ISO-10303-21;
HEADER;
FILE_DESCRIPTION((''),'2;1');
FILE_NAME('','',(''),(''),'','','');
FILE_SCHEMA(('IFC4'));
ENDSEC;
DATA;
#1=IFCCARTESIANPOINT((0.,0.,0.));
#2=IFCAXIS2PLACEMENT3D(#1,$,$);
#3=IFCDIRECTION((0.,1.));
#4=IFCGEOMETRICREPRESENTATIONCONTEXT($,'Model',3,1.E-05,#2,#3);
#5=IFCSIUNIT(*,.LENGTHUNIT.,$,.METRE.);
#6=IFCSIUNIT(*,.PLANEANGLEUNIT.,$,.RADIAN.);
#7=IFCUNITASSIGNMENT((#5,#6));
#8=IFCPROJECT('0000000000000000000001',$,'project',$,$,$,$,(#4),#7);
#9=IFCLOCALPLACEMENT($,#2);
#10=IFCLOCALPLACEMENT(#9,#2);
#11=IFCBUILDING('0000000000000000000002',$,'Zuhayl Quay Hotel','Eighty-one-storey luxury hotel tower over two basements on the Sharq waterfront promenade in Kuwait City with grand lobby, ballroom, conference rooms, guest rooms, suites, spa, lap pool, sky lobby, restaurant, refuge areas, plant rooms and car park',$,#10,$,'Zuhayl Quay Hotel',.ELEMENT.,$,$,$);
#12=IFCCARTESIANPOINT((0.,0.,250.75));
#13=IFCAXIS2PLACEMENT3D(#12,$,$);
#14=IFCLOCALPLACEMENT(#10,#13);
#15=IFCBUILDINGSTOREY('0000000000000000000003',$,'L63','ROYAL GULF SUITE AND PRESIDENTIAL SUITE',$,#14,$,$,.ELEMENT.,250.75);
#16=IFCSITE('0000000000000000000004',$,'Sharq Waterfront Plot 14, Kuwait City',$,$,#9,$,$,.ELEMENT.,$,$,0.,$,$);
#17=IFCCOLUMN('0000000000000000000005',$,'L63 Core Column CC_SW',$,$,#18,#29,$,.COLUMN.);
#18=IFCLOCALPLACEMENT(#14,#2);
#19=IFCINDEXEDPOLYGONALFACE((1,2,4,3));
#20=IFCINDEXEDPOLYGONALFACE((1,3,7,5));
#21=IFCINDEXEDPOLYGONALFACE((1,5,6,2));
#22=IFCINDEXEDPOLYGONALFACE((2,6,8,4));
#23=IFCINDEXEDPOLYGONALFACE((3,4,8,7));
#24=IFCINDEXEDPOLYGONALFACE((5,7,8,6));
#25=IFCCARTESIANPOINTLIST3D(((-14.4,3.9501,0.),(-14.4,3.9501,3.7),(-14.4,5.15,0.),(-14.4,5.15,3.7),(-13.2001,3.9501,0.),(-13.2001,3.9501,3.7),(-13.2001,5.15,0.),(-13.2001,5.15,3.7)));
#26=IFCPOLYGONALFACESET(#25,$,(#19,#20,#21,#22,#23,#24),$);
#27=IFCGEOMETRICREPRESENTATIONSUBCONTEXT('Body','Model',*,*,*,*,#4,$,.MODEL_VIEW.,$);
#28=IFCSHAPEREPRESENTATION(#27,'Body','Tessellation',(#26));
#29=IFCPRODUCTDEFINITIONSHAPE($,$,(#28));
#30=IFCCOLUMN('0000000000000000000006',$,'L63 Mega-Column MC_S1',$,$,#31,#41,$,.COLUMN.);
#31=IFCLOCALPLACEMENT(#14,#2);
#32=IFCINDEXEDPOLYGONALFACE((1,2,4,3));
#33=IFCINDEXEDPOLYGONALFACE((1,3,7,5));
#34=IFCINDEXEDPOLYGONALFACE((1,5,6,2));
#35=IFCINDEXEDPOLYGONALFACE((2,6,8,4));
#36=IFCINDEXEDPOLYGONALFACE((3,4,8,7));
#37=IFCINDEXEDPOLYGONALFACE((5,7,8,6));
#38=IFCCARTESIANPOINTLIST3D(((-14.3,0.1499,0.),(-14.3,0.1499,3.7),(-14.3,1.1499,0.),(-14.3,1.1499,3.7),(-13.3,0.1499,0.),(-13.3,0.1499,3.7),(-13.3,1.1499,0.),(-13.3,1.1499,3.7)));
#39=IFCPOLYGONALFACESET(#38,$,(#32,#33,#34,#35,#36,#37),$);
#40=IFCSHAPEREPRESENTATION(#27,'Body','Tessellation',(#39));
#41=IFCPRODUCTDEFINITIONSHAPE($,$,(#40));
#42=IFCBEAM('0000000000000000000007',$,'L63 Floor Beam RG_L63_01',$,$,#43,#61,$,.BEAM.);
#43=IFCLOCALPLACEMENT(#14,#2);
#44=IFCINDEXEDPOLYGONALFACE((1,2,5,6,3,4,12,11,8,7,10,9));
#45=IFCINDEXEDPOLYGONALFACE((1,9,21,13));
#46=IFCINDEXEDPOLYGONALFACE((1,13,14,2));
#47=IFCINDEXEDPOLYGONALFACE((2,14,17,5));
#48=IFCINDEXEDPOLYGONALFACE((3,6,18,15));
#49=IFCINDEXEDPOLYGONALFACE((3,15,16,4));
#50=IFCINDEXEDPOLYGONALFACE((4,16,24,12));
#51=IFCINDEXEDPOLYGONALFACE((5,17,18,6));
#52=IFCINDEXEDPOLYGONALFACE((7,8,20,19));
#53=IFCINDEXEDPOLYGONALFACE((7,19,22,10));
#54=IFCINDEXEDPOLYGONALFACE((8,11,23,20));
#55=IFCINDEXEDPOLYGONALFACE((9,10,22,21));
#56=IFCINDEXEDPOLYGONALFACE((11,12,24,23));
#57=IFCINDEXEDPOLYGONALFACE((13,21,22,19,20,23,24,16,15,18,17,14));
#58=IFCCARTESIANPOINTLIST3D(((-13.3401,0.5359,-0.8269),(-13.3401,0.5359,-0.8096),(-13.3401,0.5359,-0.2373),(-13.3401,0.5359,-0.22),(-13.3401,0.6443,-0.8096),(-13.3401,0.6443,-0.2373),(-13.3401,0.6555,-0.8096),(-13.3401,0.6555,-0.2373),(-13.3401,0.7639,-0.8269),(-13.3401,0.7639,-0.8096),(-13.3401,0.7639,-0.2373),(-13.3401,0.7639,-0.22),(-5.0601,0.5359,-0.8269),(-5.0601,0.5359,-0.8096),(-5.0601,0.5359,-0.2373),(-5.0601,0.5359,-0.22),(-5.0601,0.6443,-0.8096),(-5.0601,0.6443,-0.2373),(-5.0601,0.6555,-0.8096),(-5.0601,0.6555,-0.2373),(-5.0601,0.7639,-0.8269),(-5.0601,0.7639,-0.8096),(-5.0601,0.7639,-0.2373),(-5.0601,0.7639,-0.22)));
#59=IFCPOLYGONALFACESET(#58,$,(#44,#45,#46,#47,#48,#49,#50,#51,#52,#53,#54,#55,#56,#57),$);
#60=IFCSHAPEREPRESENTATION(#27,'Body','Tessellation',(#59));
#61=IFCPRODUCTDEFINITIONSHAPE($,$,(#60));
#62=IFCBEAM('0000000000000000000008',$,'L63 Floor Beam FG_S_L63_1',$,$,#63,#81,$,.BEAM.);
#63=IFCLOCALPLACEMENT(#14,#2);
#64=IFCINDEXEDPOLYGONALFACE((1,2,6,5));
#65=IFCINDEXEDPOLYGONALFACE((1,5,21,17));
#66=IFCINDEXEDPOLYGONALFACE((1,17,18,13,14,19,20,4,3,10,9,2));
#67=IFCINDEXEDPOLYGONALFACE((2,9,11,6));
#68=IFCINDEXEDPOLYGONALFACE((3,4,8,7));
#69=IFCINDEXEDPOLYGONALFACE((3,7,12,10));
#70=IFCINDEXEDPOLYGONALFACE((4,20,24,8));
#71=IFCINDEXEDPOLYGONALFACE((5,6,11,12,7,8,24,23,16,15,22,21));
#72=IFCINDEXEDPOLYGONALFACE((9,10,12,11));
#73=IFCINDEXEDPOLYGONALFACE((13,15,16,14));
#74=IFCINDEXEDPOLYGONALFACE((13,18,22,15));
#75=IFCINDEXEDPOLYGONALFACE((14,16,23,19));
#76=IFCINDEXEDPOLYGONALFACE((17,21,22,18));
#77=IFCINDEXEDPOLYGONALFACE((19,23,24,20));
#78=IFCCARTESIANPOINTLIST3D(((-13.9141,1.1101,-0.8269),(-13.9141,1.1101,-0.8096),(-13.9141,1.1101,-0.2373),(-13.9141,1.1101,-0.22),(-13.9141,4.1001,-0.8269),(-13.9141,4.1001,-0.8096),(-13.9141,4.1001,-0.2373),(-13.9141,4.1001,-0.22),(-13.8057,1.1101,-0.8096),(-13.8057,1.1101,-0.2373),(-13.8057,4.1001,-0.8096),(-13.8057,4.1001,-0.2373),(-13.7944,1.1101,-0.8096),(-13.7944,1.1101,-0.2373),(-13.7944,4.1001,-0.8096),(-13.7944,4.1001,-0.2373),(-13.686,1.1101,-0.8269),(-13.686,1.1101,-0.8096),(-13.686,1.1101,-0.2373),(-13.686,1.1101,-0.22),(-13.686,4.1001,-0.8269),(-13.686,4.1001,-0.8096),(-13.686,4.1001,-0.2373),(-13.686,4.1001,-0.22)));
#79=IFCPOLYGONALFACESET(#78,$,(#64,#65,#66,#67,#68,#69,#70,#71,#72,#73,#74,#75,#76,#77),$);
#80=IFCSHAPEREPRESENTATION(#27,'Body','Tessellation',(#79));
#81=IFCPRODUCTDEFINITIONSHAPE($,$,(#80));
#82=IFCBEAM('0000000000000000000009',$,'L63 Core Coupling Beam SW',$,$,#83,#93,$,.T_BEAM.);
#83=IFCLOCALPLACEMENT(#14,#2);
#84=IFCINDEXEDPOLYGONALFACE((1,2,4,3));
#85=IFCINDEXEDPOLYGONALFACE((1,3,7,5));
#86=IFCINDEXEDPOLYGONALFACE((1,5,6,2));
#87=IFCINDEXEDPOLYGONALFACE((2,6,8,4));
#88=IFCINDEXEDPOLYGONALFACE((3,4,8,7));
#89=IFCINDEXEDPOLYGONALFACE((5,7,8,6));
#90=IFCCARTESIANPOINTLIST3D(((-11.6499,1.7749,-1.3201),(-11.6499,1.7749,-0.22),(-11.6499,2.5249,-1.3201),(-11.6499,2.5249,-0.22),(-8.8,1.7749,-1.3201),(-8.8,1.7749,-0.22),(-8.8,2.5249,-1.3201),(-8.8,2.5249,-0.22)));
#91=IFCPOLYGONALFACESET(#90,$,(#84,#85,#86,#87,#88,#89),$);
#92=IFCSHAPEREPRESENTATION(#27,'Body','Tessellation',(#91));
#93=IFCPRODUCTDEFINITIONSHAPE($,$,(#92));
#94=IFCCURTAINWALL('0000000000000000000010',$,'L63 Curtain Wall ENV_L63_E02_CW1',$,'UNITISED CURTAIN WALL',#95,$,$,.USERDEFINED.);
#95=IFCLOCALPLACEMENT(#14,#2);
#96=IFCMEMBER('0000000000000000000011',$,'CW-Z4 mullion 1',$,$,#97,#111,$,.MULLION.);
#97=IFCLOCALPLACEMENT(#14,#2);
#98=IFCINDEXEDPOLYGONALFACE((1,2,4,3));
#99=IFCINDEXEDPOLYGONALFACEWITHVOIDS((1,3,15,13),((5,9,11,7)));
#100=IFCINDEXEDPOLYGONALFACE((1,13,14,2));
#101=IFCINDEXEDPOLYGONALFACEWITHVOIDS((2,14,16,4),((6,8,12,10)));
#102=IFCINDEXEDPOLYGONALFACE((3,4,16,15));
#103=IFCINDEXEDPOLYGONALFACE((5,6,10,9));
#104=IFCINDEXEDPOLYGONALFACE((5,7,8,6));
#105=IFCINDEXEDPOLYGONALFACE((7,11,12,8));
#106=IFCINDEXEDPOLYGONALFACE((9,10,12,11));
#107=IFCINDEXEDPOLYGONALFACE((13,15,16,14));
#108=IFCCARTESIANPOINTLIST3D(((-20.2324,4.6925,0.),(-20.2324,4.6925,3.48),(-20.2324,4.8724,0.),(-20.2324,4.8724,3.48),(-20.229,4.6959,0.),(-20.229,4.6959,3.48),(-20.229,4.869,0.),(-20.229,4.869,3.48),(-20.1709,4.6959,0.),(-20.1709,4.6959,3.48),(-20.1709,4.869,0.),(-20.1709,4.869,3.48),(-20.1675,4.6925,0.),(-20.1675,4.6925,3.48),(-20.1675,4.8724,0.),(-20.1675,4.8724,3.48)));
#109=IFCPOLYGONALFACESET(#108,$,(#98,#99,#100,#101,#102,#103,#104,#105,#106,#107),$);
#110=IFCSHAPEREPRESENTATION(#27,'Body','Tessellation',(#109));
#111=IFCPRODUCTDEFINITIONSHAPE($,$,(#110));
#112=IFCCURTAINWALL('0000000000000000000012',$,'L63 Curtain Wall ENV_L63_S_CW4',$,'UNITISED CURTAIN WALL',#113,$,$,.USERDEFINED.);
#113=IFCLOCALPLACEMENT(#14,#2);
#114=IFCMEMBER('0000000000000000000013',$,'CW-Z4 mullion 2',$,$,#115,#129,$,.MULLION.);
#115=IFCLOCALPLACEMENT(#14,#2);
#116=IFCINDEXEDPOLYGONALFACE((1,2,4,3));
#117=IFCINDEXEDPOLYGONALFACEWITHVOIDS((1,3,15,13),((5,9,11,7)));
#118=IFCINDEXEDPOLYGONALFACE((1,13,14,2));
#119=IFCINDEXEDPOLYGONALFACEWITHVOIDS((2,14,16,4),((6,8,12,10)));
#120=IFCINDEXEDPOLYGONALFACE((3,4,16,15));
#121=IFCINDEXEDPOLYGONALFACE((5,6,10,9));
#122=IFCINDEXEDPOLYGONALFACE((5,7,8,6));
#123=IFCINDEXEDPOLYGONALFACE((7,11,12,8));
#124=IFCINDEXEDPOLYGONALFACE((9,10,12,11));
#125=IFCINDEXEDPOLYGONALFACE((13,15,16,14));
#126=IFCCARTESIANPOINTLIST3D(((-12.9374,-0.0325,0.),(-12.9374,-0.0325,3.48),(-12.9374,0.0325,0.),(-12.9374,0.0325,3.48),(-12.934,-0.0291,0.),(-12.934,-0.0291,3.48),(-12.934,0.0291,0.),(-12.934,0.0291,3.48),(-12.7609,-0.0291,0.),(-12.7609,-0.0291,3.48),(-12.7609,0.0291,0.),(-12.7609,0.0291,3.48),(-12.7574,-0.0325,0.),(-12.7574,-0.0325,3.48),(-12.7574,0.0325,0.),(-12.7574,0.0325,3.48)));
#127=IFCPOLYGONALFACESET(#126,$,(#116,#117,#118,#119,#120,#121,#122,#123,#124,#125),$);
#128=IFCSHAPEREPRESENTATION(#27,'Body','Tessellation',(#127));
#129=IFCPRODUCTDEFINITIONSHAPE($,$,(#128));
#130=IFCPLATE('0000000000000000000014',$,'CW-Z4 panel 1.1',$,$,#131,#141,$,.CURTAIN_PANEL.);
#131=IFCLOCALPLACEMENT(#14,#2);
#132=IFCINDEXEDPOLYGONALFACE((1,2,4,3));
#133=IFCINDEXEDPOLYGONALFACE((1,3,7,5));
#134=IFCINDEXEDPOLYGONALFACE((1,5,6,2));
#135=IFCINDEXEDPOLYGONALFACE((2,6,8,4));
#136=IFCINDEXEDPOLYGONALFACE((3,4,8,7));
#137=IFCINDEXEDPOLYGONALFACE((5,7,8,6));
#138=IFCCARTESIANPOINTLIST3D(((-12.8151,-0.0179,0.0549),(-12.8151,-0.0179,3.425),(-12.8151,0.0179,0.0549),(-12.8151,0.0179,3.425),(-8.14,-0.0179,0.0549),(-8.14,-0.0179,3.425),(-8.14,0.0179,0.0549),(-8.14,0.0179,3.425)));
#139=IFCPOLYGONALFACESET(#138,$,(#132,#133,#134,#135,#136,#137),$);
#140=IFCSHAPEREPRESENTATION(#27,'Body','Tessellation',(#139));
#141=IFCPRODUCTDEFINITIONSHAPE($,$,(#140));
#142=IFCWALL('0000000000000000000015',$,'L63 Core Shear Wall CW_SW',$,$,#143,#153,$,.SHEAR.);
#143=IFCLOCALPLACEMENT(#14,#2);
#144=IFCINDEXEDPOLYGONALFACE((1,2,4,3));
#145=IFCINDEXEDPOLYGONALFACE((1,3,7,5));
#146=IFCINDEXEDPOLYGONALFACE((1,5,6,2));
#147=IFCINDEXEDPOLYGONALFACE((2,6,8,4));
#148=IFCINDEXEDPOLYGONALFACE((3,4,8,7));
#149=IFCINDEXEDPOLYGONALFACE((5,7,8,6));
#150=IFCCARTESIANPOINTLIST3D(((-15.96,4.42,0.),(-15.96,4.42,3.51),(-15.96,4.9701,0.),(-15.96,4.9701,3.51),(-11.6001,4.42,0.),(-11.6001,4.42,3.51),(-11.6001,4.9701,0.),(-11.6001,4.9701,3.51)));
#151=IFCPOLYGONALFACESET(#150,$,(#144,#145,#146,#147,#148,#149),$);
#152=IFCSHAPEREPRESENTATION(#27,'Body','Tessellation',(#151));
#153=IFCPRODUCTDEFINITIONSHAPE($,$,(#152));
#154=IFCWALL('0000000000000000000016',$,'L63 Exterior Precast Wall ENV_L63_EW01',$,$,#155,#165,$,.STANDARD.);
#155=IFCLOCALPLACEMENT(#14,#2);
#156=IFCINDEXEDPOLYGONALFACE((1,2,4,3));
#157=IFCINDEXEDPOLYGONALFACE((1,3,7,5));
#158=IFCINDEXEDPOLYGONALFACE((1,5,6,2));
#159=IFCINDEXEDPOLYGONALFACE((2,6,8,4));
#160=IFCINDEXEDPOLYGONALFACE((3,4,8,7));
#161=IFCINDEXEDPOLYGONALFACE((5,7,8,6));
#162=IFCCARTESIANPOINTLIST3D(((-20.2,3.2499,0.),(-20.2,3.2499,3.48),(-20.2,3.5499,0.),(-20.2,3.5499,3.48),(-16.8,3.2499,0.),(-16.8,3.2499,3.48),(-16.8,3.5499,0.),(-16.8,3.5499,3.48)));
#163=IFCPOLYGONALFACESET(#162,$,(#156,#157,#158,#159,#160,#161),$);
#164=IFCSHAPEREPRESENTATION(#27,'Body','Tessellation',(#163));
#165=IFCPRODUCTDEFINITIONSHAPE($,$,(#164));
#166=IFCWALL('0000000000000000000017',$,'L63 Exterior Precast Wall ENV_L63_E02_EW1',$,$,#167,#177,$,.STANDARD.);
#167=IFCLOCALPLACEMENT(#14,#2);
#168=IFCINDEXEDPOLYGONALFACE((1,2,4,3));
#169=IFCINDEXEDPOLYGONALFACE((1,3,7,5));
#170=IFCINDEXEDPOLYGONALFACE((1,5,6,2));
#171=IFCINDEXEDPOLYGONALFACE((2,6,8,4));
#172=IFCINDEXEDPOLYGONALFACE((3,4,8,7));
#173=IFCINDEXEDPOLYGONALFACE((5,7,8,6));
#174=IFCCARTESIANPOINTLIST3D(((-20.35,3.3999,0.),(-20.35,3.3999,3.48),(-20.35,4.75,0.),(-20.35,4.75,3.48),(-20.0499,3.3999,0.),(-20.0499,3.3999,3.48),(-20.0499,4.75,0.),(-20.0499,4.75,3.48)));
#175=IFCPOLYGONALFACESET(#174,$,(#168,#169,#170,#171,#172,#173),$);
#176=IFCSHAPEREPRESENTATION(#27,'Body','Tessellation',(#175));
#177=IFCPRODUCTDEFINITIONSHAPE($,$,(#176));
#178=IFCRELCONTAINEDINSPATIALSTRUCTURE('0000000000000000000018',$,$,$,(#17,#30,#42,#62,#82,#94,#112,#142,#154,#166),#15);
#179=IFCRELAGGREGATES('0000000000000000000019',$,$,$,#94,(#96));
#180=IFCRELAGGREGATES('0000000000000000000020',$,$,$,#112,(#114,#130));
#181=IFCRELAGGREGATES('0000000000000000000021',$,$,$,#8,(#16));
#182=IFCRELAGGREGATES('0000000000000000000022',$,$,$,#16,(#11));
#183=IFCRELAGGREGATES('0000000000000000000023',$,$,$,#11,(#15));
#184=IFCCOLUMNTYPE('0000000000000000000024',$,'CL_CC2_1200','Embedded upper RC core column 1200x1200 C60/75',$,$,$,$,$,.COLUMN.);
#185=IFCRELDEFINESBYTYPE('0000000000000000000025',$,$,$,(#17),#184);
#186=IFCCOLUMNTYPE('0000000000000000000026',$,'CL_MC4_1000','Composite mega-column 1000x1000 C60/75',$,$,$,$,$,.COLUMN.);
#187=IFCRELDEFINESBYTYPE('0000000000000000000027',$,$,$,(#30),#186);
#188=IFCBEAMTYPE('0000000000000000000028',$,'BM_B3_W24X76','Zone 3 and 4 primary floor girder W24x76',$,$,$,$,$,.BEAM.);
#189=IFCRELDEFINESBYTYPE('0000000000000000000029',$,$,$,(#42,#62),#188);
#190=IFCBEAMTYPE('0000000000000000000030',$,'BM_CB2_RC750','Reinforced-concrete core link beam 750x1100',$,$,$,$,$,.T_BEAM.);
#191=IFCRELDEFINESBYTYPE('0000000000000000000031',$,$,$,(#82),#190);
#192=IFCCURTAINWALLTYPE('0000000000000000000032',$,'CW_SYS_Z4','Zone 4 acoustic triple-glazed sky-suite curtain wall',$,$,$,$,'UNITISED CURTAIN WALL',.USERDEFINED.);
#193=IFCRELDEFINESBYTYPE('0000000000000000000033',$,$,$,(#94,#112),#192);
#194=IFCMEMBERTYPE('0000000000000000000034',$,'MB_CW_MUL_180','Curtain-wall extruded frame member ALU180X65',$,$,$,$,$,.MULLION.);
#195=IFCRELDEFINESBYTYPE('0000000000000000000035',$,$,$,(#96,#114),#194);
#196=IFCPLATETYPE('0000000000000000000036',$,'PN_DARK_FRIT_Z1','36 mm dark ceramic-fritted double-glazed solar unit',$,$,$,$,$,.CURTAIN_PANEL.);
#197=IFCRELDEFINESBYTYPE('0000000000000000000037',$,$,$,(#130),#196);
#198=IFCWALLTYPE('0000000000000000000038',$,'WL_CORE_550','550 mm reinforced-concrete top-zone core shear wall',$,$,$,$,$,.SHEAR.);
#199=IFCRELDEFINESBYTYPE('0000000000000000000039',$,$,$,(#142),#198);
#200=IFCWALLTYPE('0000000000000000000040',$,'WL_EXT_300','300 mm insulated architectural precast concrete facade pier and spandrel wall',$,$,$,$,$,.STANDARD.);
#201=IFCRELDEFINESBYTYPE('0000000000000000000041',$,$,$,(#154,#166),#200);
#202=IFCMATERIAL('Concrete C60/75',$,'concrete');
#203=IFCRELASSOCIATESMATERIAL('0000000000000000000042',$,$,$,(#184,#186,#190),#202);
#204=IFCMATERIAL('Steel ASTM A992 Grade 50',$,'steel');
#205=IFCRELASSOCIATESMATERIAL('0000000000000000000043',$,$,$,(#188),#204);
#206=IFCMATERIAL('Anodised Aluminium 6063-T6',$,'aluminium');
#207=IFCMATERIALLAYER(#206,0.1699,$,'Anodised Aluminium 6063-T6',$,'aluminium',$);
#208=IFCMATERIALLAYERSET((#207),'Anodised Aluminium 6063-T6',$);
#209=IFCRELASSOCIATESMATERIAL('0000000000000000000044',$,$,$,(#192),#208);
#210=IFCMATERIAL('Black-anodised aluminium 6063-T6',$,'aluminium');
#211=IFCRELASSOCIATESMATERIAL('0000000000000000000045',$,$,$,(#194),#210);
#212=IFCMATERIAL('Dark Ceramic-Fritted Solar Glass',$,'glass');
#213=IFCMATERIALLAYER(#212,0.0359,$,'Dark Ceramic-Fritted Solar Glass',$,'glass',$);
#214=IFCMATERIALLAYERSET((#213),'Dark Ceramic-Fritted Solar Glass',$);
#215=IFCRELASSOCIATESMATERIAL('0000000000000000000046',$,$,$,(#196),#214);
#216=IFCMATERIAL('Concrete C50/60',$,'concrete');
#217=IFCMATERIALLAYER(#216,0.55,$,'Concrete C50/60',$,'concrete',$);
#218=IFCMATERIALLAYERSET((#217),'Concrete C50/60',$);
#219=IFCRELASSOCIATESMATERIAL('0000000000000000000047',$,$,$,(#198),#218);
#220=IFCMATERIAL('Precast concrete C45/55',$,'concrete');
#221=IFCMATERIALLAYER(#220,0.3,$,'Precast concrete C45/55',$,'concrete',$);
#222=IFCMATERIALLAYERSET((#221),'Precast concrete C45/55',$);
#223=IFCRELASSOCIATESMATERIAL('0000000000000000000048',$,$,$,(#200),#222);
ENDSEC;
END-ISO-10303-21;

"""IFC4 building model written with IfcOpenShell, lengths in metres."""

from ifc_helpers import new_model, si_unit, direction, frame, frame_2d, origin, origin_2d, place, context, subcontext, project, spatial, rectangle, hollow_rectangle, i_section, extrude, material, layer, layer_set, material_profile, profile_set, type_object, element, aggregate, save


model = new_model("IFC4")

# Units and contexts
model_context = context("Model", 3, precision=1e-05, world=origin(), true_north=direction((0.0, 1.0)))
body_context = subcontext(model_context, "Body", "Model", "MODEL_VIEW")
ifc_project = project(units=[si_unit("LENGTHUNIT", "METRE"), si_unit("PLANEANGLEUNIT", "RADIAN")], contexts=[model_context])

# Site, building, storey
site_placement = place(None, origin())
site = spatial("IfcSite", under=ifc_project, at=site_placement, Name="Sharq Waterfront Plot 14, Kuwait City", CompositionType="ELEMENT", RefElevation=0.0)
building_placement = place(site_placement, origin())
building = spatial("IfcBuilding", under=site, at=building_placement, Name="Zuhayl Quay Hotel", Description="Eighty-one-storey luxury hotel tower over two basements on the Sharq waterfront promenade in Kuwait City with grand lobby, ballroom, conference rooms, guest rooms, suites, spa, lap pool, sky lobby, restaurant, refuge areas, plant rooms and car park", LongName="Zuhayl Quay Hotel", CompositionType="ELEMENT")
storey_placement = place(building_placement, frame((0.0, 0.0, 250.75)))
storey = spatial("IfcBuildingStorey", under=building, at=storey_placement, Name="L63", Description="ROYAL GULF SUITE AND PRESIDENTIAL SUITE", CompositionType="ELEMENT", Elevation=250.75)

# Columns
ifc_material_1 = material(Name="Concrete C60/75", Category="concrete")
ifc_material_profile_1 = material_profile(ifc_material_1, rectangle(XDim=1.2, YDim=1.2, at=origin_2d()), Name="RC1200X1200")
ifc_profile_set_1 = profile_set([ifc_material_profile_1], Name="Concrete C60/75")
column_type_1 = type_object("IfcColumnType", Name="CL_CC2_1200", Description="Embedded upper RC core column 1200x1200 C60/75", PredefinedType="COLUMN", material=ifc_profile_set_1)
column_1_placement = place(storey_placement, frame((-13.8, 4.55, 0.0), z_axis=(0.0, 0.0, 1.0), x_axis=(1.0, 0.0, 0.0)))
element("IfcColumn", 1, at=column_1_placement, inside=storey, type_object=column_type_1, Name="L63 Core Column CC_SW", PredefinedType="COLUMN", context=body_context, shape_type="SweptSolid", body=[
    extrude(rectangle(XDim=1.2, YDim=1.2, at=origin_2d()), origin(), (0.0, 0.0, 1.0), 3.7),
])
ifc_material_profile_2 = material_profile(ifc_material_1, rectangle(XDim=1.0, YDim=1.0, at=origin_2d()), Name="RC1000X1000")
ifc_profile_set_2 = profile_set([ifc_material_profile_2], Name="Concrete C60/75")
column_type_2 = type_object("IfcColumnType", Name="CL_MC4_1000", Description="Composite mega-column 1000x1000 C60/75", PredefinedType="COLUMN", material=ifc_profile_set_2)
column_2_placement = place(storey_placement, frame((-13.8, 0.6499, 0.0), z_axis=(0.0, 0.0, 1.0), x_axis=(1.0, 0.0, 0.0)))
element("IfcColumn", 2, at=column_2_placement, inside=storey, type_object=column_type_2, Name="L63 Mega-Column MC_S1", PredefinedType="COLUMN", context=body_context, shape_type="SweptSolid", body=[
    extrude(rectangle(XDim=1.0, YDim=1.0, at=origin_2d()), origin(), (0.0, 0.0, 1.0), 3.7),
])

# Beams
ifc_material_2 = material(Name="Steel ASTM A992 Grade 50", Category="steel")
ifc_material_profile_3 = material_profile(ifc_material_2, i_section(OverallWidth=0.228, OverallDepth=0.6069, WebThickness=0.0112, FlangeThickness=0.0173, at=origin_2d()), Name="W24X76")
ifc_profile_set_3 = profile_set([ifc_material_profile_3], Name="Steel ASTM A992 Grade 50")
beam_type_1 = type_object("IfcBeamType", Name="BM_B3_W24X76", Description="Zone 3 and 4 primary floor girder W24x76", PredefinedType="BEAM", material=ifc_profile_set_3)
beam_1_placement = place(storey_placement, frame((-13.3401, 0.6499, -0.5234), z_axis=(1.0, 0.0, 0.0), x_axis=(0.0, 1.0, 0.0)))
element("IfcBeam", 3, at=beam_1_placement, inside=storey, type_object=beam_type_1, Name="L63 Floor Beam RG_L63_01", PredefinedType="BEAM", context=body_context, shape_type="SweptSolid", body=[
    extrude(i_section(OverallWidth=0.228, OverallDepth=0.6069, WebThickness=0.0112, FlangeThickness=0.0173, at=origin_2d()), origin(), (0.0, 0.0, 1.0), 8.28),
])
beam_2_placement = place(storey_placement, frame((-13.8, 1.1101, -0.5234), z_axis=(0.0, 1.0, 0.0), x_axis=(-1.0, 0.0, 0.0)))
element("IfcBeam", 4, at=beam_2_placement, inside=storey, type_object=beam_type_1, Name="L63 Floor Beam FG_S_L63_1", PredefinedType="BEAM", context=body_context, shape_type="SweptSolid", body=[
    extrude(i_section(OverallWidth=0.228, OverallDepth=0.6069, WebThickness=0.0112, FlangeThickness=0.0173, at=origin_2d()), origin(), (0.0, 0.0, 1.0), 2.99),
])
ifc_material_profile_4 = material_profile(ifc_material_1, rectangle(XDim=0.75, YDim=1.1001, at=origin_2d()), Name="RC750X1100")
ifc_profile_set_4 = profile_set([ifc_material_profile_4], Name="Concrete C60/75")
beam_type_2 = type_object("IfcBeamType", Name="BM_CB2_RC750", Description="Reinforced-concrete core link beam 750x1100", PredefinedType="T_BEAM", material=ifc_profile_set_4)
beam_3_placement = place(storey_placement, frame((-11.6499, 2.1499, -0.77), z_axis=(1.0, 0.0, 0.0), x_axis=(0.0, 1.0, 0.0)))
element("IfcBeam", 5, at=beam_3_placement, inside=storey, type_object=beam_type_2, Name="L63 Core Coupling Beam SW", PredefinedType="T_BEAM", context=body_context, shape_type="SweptSolid", body=[
    extrude(rectangle(XDim=0.75, YDim=1.1001, at=origin_2d()), origin(), (0.0, 0.0, 1.0), 2.8499),
])

# Curtain wall, member
ifc_material_3 = material(Name="Anodised Aluminium 6063-T6", Category="aluminium")
ifc_layer_1 = layer(ifc_material_3, 0.1699, Name="Anodised Aluminium 6063-T6", Category="aluminium")
ifc_layer_set_1 = layer_set([ifc_layer_1], Name="Anodised Aluminium 6063-T6")
curtain_wall_type = type_object("IfcCurtainWallType", Name="CW_SYS_Z4", Description="Zone 4 acoustic triple-glazed sky-suite curtain wall", ElementType="UNITISED CURTAIN WALL", PredefinedType="USERDEFINED", material=ifc_layer_set_1)
curtain_wall_1_placement = place(storey_placement, origin())
curtain_wall_1 = element("IfcCurtainWall", 6, at=curtain_wall_1_placement, inside=storey, type_object=curtain_wall_type, Name="L63 Curtain Wall ENV_L63_E02_CW1", ObjectType="UNITISED CURTAIN WALL", PredefinedType="USERDEFINED")
ifc_material_4 = material(Name="Black-anodised aluminium 6063-T6", Category="aluminium")
ifc_material_profile_5 = material_profile(ifc_material_4, hollow_rectangle(XDim=0.0649, YDim=0.1799, WallThickness=0.0034, at=origin_2d()), Name="ALU180X65")
ifc_profile_set_5 = profile_set([ifc_material_profile_5], Name="Black-anodised aluminium 6063-T6")
member_type = type_object("IfcMemberType", Name="MB_CW_MUL_180", Description="Curtain-wall extruded frame member ALU180X65", PredefinedType="MULLION", material=ifc_profile_set_5)
member_1_placement = place(storey_placement, frame((-20.2, 4.7825, 0.0), z_axis=(0.0, 0.0, 1.0), x_axis=(-1.0, 0.0, 0.0)))
member_1 = element("IfcMember", 7, at=member_1_placement, type_object=member_type, Name="CW-Z4 mullion 1", PredefinedType="MULLION", context=body_context, shape_type="SweptSolid", body=[
    extrude(hollow_rectangle(XDim=0.0649, YDim=0.1799, WallThickness=0.0034, at=origin_2d()), origin(), (0.0, 0.0, 1.0), 3.48),
])
aggregate(curtain_wall_1, [member_1])

# Curtain wall, member, plate
curtain_wall_2_placement = place(storey_placement, origin())
curtain_wall_2 = element("IfcCurtainWall", 8, at=curtain_wall_2_placement, inside=storey, type_object=curtain_wall_type, Name="L63 Curtain Wall ENV_L63_S_CW4", ObjectType="UNITISED CURTAIN WALL", PredefinedType="USERDEFINED")
member_2_placement = place(storey_placement, frame((-12.8474, 0.0, 0.0), z_axis=(0.0, 0.0, 1.0), x_axis=(0.0, -1.0, 0.0)))
member_2 = element("IfcMember", 9, at=member_2_placement, type_object=member_type, Name="CW-Z4 mullion 2", PredefinedType="MULLION", context=body_context, shape_type="SweptSolid", body=[
    extrude(hollow_rectangle(XDim=0.0649, YDim=0.1799, WallThickness=0.0034, at=origin_2d()), origin(), (0.0, 0.0, 1.0), 3.48),
])
ifc_material_5 = material(Name="Dark Ceramic-Fritted Solar Glass", Category="glass")
ifc_layer_2 = layer(ifc_material_5, 0.0359, Name="Dark Ceramic-Fritted Solar Glass", Category="glass")
ifc_layer_set_2 = layer_set([ifc_layer_2], Name="Dark Ceramic-Fritted Solar Glass")
plate_type = type_object("IfcPlateType", Name="PN_DARK_FRIT_Z1", Description="36 mm dark ceramic-fritted double-glazed solar unit", PredefinedType="CURTAIN_PANEL", material=ifc_layer_set_2)
plate_placement = place(storey_placement, frame((-10.4775, 0.0, 0.0549), z_axis=(0.0, 0.0, 1.0), x_axis=(-1.0, 0.0, 0.0)))
plate = element("IfcPlate", 10, at=plate_placement, type_object=plate_type, Name="CW-Z4 panel 1.1", PredefinedType="CURTAIN_PANEL", context=body_context, shape_type="SweptSolid", body=[
    extrude(rectangle(XDim=4.675, YDim=0.0359, at=origin_2d()), origin(), (0.0, 0.0, 1.0), 3.3701),
])
aggregate(curtain_wall_2, [member_2, plate])

# Walls
ifc_material_6 = material(Name="Concrete C50/60", Category="concrete")
ifc_layer_3 = layer(ifc_material_6, 0.55, Name="Concrete C50/60", Category="concrete")
ifc_layer_set_3 = layer_set([ifc_layer_3], Name="Concrete C50/60")
wall_type_1 = type_object("IfcWallType", Name="WL_CORE_550", Description="550 mm reinforced-concrete top-zone core shear wall", PredefinedType="SHEAR", material=ifc_layer_set_3)
wall_1_placement = place(storey_placement, frame((-15.96, 4.6951, 0.0), z_axis=(0.0, 0.0, 1.0), x_axis=(1.0, 0.0, 0.0)))
element("IfcWall", 11, at=wall_1_placement, inside=storey, type_object=wall_type_1, Name="L63 Core Shear Wall CW_SW", PredefinedType="SHEAR", context=body_context, shape_type="SweptSolid", body=[
    extrude(rectangle(XDim=4.3599, YDim=0.55, at=frame_2d((2.1799, 0.0))), origin(), (0.0, 0.0, 1.0), 3.51),
])
ifc_material_7 = material(Name="Precast concrete C45/55", Category="concrete")
ifc_layer_4 = layer(ifc_material_7, 0.3, Name="Precast concrete C45/55", Category="concrete")
ifc_layer_set_4 = layer_set([ifc_layer_4], Name="Precast concrete C45/55")
wall_type_2 = type_object("IfcWallType", Name="WL_EXT_300", Description="300 mm insulated architectural precast concrete facade pier and spandrel wall", PredefinedType="STANDARD", material=ifc_layer_set_4)
wall_2_placement = place(storey_placement, frame((-16.8, 3.3999, 0.0), z_axis=(0.0, 0.0, 1.0), x_axis=(-1.0, 0.0, 0.0)))
element("IfcWall", 12, at=wall_2_placement, inside=storey, type_object=wall_type_2, Name="L63 Exterior Precast Wall ENV_L63_EW01", PredefinedType="STANDARD", context=body_context, shape_type="SweptSolid", body=[
    extrude(rectangle(XDim=3.3999, YDim=0.3, at=frame_2d((1.7, 0.0))), origin(), (0.0, 0.0, 1.0), 3.48),
])
wall_3_placement = place(storey_placement, frame((-20.2, 3.3999, 0.0), z_axis=(0.0, 0.0, 1.0), x_axis=(0.0, 1.0, 0.0)))
element("IfcWall", 13, at=wall_3_placement, inside=storey, type_object=wall_type_2, Name="L63 Exterior Precast Wall ENV_L63_E02_EW1", PredefinedType="STANDARD", context=body_context, shape_type="SweptSolid", body=[
    extrude(rectangle(XDim=1.3501, YDim=0.3, at=frame_2d((0.675, 0.0))), origin(), (0.0, 0.0, 1.0), 3.48),
])

save(model, "model.ifc")
